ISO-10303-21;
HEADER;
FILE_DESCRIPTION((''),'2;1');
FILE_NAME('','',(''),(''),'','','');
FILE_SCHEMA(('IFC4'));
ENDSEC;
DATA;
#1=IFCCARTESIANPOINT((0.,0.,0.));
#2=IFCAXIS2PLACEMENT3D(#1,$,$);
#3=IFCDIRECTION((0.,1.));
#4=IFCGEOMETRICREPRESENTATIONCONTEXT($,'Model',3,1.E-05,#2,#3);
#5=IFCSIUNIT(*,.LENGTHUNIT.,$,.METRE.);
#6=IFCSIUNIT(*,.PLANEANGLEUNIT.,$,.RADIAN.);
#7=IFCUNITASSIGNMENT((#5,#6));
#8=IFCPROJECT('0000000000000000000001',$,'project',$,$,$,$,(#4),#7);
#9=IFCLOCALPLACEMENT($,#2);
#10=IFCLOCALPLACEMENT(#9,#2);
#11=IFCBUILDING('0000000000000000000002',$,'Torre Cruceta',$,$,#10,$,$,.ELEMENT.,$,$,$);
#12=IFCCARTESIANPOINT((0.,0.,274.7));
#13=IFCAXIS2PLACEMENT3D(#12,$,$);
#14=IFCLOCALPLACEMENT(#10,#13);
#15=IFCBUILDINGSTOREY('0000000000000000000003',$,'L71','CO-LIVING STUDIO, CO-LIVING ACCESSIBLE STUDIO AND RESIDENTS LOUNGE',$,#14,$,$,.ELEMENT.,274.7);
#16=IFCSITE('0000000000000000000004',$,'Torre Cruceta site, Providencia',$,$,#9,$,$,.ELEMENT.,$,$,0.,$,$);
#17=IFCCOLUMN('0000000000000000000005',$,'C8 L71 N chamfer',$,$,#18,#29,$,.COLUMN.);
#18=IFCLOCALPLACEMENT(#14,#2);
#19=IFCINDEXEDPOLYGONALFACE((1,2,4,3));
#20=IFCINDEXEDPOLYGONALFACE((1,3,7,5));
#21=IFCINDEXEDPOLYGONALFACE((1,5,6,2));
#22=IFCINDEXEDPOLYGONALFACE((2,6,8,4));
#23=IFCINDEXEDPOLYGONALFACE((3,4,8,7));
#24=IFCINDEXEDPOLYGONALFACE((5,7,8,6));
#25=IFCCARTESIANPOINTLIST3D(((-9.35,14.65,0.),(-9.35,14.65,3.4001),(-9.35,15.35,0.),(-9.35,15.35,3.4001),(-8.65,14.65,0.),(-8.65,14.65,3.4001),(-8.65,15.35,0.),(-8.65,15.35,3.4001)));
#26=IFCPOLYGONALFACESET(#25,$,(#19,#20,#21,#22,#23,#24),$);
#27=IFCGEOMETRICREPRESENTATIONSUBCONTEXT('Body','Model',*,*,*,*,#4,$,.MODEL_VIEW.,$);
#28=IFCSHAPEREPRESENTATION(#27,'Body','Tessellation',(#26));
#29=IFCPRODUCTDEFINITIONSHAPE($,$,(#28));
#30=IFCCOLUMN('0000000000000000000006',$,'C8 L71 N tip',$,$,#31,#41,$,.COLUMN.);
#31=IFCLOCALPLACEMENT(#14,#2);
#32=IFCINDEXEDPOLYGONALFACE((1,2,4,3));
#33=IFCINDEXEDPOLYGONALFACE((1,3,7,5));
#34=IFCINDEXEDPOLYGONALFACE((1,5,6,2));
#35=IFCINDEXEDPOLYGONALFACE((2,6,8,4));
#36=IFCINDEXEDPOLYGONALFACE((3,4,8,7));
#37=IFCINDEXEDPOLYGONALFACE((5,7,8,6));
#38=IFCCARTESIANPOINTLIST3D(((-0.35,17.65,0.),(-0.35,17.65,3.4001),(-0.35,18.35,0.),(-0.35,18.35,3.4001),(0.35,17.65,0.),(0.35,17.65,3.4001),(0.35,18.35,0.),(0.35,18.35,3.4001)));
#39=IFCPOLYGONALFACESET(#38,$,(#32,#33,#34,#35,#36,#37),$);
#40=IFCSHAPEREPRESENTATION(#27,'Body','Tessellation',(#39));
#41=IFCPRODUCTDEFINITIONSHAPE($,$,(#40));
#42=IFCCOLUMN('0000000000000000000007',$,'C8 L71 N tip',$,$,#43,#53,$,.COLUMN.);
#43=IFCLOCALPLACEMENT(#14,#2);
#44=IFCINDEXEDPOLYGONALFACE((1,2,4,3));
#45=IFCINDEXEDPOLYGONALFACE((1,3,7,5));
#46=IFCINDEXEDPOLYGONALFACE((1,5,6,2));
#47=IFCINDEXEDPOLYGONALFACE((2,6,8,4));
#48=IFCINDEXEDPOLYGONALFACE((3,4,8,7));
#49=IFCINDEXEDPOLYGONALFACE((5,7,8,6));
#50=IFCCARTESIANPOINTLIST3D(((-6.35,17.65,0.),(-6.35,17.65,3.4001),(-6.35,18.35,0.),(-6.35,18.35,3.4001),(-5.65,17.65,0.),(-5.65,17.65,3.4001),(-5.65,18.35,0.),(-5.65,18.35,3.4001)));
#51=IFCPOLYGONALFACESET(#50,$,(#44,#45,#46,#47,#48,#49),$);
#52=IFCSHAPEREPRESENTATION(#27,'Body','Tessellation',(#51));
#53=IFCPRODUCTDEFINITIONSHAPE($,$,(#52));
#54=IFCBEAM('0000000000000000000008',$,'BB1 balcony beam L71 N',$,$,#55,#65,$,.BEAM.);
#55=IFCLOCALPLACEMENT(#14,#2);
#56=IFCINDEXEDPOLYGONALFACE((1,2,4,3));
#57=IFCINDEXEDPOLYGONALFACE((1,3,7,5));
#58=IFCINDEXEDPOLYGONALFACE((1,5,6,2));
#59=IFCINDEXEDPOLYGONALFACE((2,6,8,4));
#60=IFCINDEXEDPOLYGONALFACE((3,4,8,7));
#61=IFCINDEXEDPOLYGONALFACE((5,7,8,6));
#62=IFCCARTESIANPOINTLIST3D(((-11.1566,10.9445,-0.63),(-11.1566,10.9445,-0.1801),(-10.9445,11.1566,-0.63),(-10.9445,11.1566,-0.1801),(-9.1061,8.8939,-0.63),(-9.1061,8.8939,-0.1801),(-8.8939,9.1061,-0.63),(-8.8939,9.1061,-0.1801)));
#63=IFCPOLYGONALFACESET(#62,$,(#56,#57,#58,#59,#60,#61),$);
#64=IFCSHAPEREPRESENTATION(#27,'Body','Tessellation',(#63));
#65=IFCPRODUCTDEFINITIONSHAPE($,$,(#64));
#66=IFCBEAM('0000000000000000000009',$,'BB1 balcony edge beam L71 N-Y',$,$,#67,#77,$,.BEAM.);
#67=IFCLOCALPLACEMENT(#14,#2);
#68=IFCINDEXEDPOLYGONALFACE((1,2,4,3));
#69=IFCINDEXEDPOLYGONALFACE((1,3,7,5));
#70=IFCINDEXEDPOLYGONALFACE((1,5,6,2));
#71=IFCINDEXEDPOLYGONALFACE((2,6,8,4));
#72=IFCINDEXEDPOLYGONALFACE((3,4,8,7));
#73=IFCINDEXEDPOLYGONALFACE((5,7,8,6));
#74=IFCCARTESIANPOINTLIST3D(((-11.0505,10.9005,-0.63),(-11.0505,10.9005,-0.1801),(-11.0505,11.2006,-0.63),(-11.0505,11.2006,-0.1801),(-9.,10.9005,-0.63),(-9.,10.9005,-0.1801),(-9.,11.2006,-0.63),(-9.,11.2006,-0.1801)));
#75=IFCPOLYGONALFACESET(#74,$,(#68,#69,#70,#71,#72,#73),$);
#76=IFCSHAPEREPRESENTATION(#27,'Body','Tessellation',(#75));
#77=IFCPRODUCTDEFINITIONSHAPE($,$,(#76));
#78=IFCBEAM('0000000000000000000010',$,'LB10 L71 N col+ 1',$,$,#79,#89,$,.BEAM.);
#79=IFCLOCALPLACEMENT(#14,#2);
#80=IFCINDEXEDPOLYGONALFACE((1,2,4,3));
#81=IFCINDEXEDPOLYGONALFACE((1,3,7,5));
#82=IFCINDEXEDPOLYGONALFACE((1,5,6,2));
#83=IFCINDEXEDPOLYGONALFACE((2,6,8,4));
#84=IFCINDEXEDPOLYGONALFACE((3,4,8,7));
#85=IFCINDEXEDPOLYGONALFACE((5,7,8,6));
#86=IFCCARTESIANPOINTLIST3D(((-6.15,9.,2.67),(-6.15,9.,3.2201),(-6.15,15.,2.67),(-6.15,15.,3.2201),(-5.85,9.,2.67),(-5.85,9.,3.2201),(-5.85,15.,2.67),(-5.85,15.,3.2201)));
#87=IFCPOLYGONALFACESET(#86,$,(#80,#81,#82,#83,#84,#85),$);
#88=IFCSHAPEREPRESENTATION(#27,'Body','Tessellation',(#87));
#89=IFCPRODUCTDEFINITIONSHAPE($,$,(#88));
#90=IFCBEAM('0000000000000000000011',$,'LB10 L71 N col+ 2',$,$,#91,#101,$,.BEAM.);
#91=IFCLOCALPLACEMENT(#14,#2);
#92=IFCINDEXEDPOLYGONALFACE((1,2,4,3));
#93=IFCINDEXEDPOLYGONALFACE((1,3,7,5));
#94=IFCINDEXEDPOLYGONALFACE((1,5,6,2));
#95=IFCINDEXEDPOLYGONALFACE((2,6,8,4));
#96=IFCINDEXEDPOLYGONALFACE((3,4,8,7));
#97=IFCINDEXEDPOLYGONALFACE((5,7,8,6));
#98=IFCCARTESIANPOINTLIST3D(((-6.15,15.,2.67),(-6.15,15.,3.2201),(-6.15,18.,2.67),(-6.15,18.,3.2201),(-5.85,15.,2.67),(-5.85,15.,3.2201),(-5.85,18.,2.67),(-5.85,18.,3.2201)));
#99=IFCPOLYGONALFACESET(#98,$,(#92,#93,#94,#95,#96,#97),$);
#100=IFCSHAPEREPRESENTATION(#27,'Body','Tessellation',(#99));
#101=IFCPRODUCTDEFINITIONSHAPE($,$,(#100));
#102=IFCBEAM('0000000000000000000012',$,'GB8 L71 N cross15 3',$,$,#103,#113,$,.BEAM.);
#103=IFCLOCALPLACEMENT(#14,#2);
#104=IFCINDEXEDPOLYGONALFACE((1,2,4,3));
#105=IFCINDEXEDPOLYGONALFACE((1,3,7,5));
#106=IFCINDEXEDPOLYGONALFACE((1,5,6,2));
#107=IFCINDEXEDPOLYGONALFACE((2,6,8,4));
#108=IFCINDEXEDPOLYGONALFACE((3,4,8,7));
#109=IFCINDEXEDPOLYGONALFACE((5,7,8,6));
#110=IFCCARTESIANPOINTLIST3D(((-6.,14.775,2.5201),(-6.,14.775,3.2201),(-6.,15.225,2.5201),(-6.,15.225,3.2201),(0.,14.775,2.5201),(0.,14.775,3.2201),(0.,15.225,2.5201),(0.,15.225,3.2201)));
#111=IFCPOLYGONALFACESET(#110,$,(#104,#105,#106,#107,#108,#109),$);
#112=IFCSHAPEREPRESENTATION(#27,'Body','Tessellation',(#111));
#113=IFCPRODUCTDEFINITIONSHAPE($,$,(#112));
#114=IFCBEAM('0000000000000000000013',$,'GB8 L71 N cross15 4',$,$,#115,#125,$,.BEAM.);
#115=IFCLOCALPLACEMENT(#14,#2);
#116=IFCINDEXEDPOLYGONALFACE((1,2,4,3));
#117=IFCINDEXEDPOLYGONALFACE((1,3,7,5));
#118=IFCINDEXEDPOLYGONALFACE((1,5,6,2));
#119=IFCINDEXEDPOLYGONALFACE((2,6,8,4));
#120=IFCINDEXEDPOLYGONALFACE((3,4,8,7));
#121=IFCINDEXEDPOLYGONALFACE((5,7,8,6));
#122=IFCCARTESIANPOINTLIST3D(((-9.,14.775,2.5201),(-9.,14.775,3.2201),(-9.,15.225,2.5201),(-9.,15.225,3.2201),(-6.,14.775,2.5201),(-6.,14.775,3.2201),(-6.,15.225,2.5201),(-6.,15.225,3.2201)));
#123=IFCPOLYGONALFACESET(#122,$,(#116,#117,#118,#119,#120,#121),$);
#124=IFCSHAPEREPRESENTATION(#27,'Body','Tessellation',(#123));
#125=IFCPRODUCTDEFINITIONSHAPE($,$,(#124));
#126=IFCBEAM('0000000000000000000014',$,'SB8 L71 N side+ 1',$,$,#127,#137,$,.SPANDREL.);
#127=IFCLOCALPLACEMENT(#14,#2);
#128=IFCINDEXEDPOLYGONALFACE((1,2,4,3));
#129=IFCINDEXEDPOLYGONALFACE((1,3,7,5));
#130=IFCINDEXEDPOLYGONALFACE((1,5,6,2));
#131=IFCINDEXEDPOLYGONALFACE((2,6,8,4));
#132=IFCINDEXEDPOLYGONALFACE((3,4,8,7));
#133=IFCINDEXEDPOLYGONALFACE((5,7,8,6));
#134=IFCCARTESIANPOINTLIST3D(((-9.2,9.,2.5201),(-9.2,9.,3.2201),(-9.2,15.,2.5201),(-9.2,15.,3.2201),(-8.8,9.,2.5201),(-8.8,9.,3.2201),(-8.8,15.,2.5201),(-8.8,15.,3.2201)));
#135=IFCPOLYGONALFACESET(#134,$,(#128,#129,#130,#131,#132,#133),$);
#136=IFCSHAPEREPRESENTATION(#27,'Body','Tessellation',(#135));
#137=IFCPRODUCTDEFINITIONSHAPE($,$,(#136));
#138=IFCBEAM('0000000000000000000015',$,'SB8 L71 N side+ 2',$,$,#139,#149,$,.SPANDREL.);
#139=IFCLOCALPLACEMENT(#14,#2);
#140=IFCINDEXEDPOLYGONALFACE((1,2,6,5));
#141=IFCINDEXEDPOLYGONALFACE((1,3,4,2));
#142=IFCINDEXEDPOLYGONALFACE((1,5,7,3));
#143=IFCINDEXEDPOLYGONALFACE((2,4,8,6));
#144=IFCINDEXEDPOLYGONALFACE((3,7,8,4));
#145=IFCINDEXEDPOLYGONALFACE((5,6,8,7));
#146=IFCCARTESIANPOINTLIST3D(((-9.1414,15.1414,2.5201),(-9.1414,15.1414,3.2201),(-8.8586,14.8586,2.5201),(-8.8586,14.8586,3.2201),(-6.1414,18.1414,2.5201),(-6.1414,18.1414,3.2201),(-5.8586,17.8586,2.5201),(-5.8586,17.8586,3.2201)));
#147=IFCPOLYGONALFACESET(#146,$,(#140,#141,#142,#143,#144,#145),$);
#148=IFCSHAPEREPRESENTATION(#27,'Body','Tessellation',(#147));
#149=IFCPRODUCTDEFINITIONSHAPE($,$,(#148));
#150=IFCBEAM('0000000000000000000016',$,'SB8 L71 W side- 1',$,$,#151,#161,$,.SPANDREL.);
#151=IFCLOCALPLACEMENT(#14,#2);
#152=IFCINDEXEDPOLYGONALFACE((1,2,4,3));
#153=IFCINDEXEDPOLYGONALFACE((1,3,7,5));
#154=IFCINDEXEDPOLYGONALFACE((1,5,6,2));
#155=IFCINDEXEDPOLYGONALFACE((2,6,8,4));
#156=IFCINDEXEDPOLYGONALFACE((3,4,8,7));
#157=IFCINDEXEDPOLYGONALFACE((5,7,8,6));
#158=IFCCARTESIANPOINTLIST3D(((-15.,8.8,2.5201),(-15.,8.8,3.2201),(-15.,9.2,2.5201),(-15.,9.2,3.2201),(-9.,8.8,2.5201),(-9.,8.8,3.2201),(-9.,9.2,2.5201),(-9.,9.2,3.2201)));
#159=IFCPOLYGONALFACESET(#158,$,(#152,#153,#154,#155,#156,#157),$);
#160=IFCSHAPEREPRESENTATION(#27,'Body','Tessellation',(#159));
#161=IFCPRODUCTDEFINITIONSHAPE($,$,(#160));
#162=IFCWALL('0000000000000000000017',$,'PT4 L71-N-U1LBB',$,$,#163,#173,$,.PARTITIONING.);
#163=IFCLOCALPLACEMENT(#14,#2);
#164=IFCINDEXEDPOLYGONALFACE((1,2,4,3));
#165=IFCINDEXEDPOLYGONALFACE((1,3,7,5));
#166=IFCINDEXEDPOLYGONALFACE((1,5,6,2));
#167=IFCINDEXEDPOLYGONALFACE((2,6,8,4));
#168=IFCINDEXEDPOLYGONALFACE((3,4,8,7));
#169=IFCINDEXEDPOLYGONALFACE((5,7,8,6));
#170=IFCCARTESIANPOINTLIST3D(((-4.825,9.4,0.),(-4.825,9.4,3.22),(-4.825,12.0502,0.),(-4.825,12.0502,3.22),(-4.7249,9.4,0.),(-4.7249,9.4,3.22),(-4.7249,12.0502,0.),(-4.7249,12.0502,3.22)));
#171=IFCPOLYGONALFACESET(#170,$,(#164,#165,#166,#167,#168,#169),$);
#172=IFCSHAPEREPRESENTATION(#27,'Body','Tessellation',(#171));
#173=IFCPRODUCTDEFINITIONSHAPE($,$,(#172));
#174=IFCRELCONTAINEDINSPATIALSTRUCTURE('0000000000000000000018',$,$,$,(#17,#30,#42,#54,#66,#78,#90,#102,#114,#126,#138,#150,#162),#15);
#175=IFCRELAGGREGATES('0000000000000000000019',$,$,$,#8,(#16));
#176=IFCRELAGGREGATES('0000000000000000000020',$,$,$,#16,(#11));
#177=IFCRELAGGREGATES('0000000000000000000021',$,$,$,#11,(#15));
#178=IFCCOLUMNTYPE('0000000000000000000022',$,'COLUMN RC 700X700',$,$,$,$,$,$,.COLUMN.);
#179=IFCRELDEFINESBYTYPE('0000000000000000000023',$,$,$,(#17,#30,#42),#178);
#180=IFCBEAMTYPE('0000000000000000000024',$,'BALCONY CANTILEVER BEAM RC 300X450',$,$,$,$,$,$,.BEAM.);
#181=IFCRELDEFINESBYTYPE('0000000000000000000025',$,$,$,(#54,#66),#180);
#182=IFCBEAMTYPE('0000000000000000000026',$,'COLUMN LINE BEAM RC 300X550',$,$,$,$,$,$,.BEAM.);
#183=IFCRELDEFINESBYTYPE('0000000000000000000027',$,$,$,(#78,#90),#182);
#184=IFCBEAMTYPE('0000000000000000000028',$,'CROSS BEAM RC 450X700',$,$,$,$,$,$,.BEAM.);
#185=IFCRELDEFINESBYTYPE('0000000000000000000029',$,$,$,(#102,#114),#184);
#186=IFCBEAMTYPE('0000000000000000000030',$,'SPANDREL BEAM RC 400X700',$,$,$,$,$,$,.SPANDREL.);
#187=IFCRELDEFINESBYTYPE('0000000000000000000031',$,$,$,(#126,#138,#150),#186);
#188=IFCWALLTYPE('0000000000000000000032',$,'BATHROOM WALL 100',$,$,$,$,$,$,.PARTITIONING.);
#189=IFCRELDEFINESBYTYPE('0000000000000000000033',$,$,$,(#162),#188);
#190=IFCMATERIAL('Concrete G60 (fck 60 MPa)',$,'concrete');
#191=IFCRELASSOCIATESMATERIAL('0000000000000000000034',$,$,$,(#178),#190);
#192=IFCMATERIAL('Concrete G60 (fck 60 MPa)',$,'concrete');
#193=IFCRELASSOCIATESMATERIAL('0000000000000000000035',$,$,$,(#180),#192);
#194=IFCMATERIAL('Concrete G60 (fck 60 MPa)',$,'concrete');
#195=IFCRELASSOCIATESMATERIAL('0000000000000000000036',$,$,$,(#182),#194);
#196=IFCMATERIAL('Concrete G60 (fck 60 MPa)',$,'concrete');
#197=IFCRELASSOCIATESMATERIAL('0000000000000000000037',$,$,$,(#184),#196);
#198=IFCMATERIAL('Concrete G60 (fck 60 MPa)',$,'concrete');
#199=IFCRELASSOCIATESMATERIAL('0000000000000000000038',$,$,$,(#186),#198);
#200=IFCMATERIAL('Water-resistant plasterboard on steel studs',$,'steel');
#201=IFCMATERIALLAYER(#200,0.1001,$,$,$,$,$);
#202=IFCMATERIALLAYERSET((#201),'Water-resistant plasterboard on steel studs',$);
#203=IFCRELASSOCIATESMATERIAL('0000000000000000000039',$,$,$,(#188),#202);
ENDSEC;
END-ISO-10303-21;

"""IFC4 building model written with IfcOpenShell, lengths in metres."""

from ifc_helpers import new_model, si_unit, direction, frame, frame_2d, origin, origin_2d, place, context, subcontext, project, spatial, rectangle, extrude, material, layer, layer_set, material_profile, profile_set, type_object, element, save


model = new_model("IFC4")

# Units and contexts
model_context = context("Model", 3, precision=1e-05, world=origin(), true_north=direction((0.0, 1.0)))
body_context = subcontext(model_context, "Body", "Model", "MODEL_VIEW")
ifc_project = project(units=[si_unit("LENGTHUNIT", "METRE"), si_unit("PLANEANGLEUNIT", "RADIAN")], contexts=[model_context])

# Site, building, storey
site_placement = place(None, origin())
site = spatial("IfcSite", under=ifc_project, at=site_placement, Name="Torre Cruceta site, Providencia", CompositionType="ELEMENT", RefElevation=0.0)
building_placement = place(site_placement, origin())
building = spatial("IfcBuilding", under=site, at=building_placement, Name="Torre Cruceta", CompositionType="ELEMENT")
storey_placement = place(building_placement, frame((0.0, 0.0, 274.7)))
storey = spatial("IfcBuildingStorey", under=building, at=storey_placement, Name="L71", Description="CO-LIVING STUDIO, CO-LIVING ACCESSIBLE STUDIO AND RESIDENTS LOUNGE", CompositionType="ELEMENT", Elevation=274.7)

# Columns
ifc_material_1 = material(Name="Concrete G60 (fck 60 MPa)", Category="concrete")
ifc_material_profile_1 = material_profile(ifc_material_1, rectangle(XDim=0.7, YDim=0.7, at=origin_2d()), Name="RC 700X700")
ifc_profile_set_1 = profile_set([ifc_material_profile_1], Name="Concrete G60 (fck 60 MPa)")
column_type = type_object("IfcColumnType", Name="COLUMN RC 700X700", PredefinedType="COLUMN", material=ifc_profile_set_1)
for number, where, z_axis, x_axis, name in (
    (1, (-9.0, 15.0, 0.0), (0.0, 0.0, 1.0), (1.0, 0.0, 0.0), "C8 L71 N chamfer"),
    (2, (0.0, 18.0, 0.0), (0.0, 0.0, 1.0), (1.0, 0.0, 0.0), "C8 L71 N tip"),
    (3, (-6.0, 18.0, 0.0), (0.0, 0.0, 1.0), (1.0, 0.0, 0.0), "C8 L71 N tip"),
):
    element("IfcColumn", number, at=place(storey_placement, frame(where, z_axis=z_axis, x_axis=x_axis)), inside=storey, type_object=column_type, Name=name, PredefinedType="COLUMN", context=body_context, shape_type="SweptSolid", body=[
        extrude(rectangle(XDim=0.7, YDim=0.7, at=origin_2d()), origin(), (0.0, 0.0, 1.0), 3.4001),
    ])

# Beams
ifc_material_2 = material(Name="Concrete G60 (fck 60 MPa)", Category="concrete")
ifc_material_profile_2 = material_profile(ifc_material_2, rectangle(XDim=0.3, YDim=0.45, at=origin_2d()), Name="RC 300X450")
ifc_profile_set_2 = profile_set([ifc_material_profile_2], Name="Concrete G60 (fck 60 MPa)")
beam_type_1 = type_object("IfcBeamType", Name="BALCONY CANTILEVER BEAM RC 300X450", PredefinedType="BEAM", material=ifc_profile_set_2)
beam_1_placement = place(storey_placement, frame((-9.0, 9.0, -0.405), z_axis=(-0.707107, 0.707107, 0.0), x_axis=(-0.707107, -0.707107, 0.0)))
element("IfcBeam", 4, at=beam_1_placement, inside=storey, type_object=beam_type_1, Name="BB1 balcony beam L71 N", PredefinedType="BEAM", context=body_context, shape_type="SweptSolid", body=[
    extrude(rectangle(XDim=0.3, YDim=0.45, at=origin_2d()), origin(), (0.0, 0.0, 1.0), 2.8999),
])
beam_2_placement = place(storey_placement, frame((-9.0, 11.0505, -0.405), z_axis=(-1.0, 0.0, 0.0), x_axis=(0.0, -1.0, 0.0)))
element("IfcBeam", 5, at=beam_2_placement, inside=storey, type_object=beam_type_1, Name="BB1 balcony edge beam L71 N-Y", PredefinedType="BEAM", context=body_context, shape_type="SweptSolid", body=[
    extrude(rectangle(XDim=0.3, YDim=0.45, at=origin_2d()), origin(), (0.0, 0.0, 1.0), 2.0505),
])
ifc_material_3 = material(Name="Concrete G60 (fck 60 MPa)", Category="concrete")
ifc_material_profile_3 = material_profile(ifc_material_3, rectangle(XDim=0.3, YDim=0.55, at=origin_2d()), Name="RC 300X550")
ifc_profile_set_3 = profile_set([ifc_material_profile_3], Name="Concrete G60 (fck 60 MPa)")
beam_type_2 = type_object("IfcBeamType", Name="COLUMN LINE BEAM RC 300X550", PredefinedType="BEAM", material=ifc_profile_set_3)
beam_3_placement = place(storey_placement, frame((-6.0, 9.0, 2.9451), z_axis=(0.0, 1.0, 0.0), x_axis=(-1.0, 0.0, 0.0)))
element("IfcBeam", 6, at=beam_3_placement, inside=storey, type_object=beam_type_2, Name="LB10 L71 N col+ 1", PredefinedType="BEAM", context=body_context, shape_type="SweptSolid", body=[
    extrude(rectangle(XDim=0.3, YDim=0.55, at=origin_2d()), origin(), (0.0, 0.0, 1.0), 6.0),
])
beam_4_placement = place(storey_placement, frame((-6.0, 15.0, 2.9451), z_axis=(0.0, 1.0, 0.0), x_axis=(-1.0, 0.0, 0.0)))
element("IfcBeam", 7, at=beam_4_placement, inside=storey, type_object=beam_type_2, Name="LB10 L71 N col+ 2", PredefinedType="BEAM", context=body_context, shape_type="SweptSolid", body=[
    extrude(rectangle(XDim=0.3, YDim=0.55, at=origin_2d()), origin(), (0.0, 0.0, 1.0), 3.0),
])
ifc_material_4 = material(Name="Concrete G60 (fck 60 MPa)", Category="concrete")
ifc_material_profile_4 = material_profile(ifc_material_4, rectangle(XDim=0.45, YDim=0.7, at=origin_2d()), Name="RC 450X700")
ifc_profile_set_4 = profile_set([ifc_material_profile_4], Name="Concrete G60 (fck 60 MPa)")
beam_type_3 = type_object("IfcBeamType", Name="CROSS BEAM RC 450X700", PredefinedType="BEAM", material=ifc_profile_set_4)
beam_5_placement = place(storey_placement, frame((0.0, 15.0, 2.8701), z_axis=(-1.0, 0.0, 0.0), x_axis=(0.0, -1.0, 0.0)))
element("IfcBeam", 8, at=beam_5_placement, inside=storey, type_object=beam_type_3, Name="GB8 L71 N cross15 3", PredefinedType="BEAM", context=body_context, shape_type="SweptSolid", body=[
    extrude(rectangle(XDim=0.45, YDim=0.7, at=origin_2d()), origin(), (0.0, 0.0, 1.0), 6.0),
])
beam_6_placement = place(storey_placement, frame((-6.0, 15.0, 2.8701), z_axis=(-1.0, 0.0, 0.0), x_axis=(0.0, -1.0, 0.0)))
element("IfcBeam", 9, at=beam_6_placement, inside=storey, type_object=beam_type_3, Name="GB8 L71 N cross15 4", PredefinedType="BEAM", context=body_context, shape_type="SweptSolid", body=[
    extrude(rectangle(XDim=0.45, YDim=0.7, at=origin_2d()), origin(), (0.0, 0.0, 1.0), 3.0),
])
ifc_material_5 = material(Name="Concrete G60 (fck 60 MPa)", Category="concrete")
ifc_material_profile_5 = material_profile(ifc_material_5, rectangle(XDim=0.3999, YDim=0.7, at=origin_2d()), Name="RC 400X700")
ifc_profile_set_5 = profile_set([ifc_material_profile_5], Name="Concrete G60 (fck 60 MPa)")
beam_type_4 = type_object("IfcBeamType", Name="SPANDREL BEAM RC 400X700", PredefinedType="SPANDREL", material=ifc_profile_set_5)
beam_7_placement = place(storey_placement, frame((-9.0, 9.0, 2.8701), z_axis=(0.0, 1.0, 0.0), x_axis=(-1.0, 0.0, 0.0)))
element("IfcBeam", 10, at=beam_7_placement, inside=storey, type_object=beam_type_4, Name="SB8 L71 N side+ 1", PredefinedType="SPANDREL", context=body_context, shape_type="SweptSolid", body=[
    extrude(rectangle(XDim=0.3999, YDim=0.7, at=origin_2d()), origin(), (0.0, 0.0, 1.0), 6.0),
])
beam_8_placement = place(storey_placement, frame((-9.0, 15.0, 2.8701), z_axis=(0.707107, 0.707107, 0.0), x_axis=(-0.707107, 0.707107, 0.0)))
element("IfcBeam", 11, at=beam_8_placement, inside=storey, type_object=beam_type_4, Name="SB8 L71 N side+ 2", PredefinedType="SPANDREL", context=body_context, shape_type="SweptSolid", body=[
    extrude(rectangle(XDim=0.3999, YDim=0.7, at=origin_2d()), origin(), (0.0, 0.0, 1.0), 4.2427),
])
beam_9_placement = place(storey_placement, frame((-9.0, 9.0, 2.8701), z_axis=(-1.0, 0.0, 0.0), x_axis=(0.0, -1.0, 0.0)))
element("IfcBeam", 12, at=beam_9_placement, inside=storey, type_object=beam_type_4, Name="SB8 L71 W side- 1", PredefinedType="SPANDREL", context=body_context, shape_type="SweptSolid", body=[
    extrude(rectangle(XDim=0.3999, YDim=0.7, at=origin_2d()), origin(), (0.0, 0.0, 1.0), 6.0),
])

# Wall
ifc_material_6 = material(Name="Water-resistant plasterboard on steel studs", Category="steel")
ifc_layer_1 = layer(ifc_material_6, 0.1001)
ifc_layer_set_1 = layer_set([ifc_layer_1], Name="Water-resistant plasterboard on steel studs")
wall_type_1 = type_object("IfcWallType", Name="BATHROOM WALL 100", PredefinedType="PARTITIONING", material=ifc_layer_set_1)
wall_1_placement = place(storey_placement, frame((-4.7749, 9.3999, 0.0), z_axis=(0.0, 0.0, 1.0), x_axis=(0.0, 1.0, 0.0)))
element("IfcWall", 13, at=wall_1_placement, inside=storey, type_object=wall_type_1, Name="PT4 L71-N-U1LBB", PredefinedType="PARTITIONING", context=body_context, shape_type="SweptSolid", body=[
    extrude(rectangle(XDim=2.6501, YDim=0.1001, at=frame_2d((1.3252, 0.0))), origin(), (0.0, 0.0, 1.0), 3.22),
])

save(model, "model.ifc")
